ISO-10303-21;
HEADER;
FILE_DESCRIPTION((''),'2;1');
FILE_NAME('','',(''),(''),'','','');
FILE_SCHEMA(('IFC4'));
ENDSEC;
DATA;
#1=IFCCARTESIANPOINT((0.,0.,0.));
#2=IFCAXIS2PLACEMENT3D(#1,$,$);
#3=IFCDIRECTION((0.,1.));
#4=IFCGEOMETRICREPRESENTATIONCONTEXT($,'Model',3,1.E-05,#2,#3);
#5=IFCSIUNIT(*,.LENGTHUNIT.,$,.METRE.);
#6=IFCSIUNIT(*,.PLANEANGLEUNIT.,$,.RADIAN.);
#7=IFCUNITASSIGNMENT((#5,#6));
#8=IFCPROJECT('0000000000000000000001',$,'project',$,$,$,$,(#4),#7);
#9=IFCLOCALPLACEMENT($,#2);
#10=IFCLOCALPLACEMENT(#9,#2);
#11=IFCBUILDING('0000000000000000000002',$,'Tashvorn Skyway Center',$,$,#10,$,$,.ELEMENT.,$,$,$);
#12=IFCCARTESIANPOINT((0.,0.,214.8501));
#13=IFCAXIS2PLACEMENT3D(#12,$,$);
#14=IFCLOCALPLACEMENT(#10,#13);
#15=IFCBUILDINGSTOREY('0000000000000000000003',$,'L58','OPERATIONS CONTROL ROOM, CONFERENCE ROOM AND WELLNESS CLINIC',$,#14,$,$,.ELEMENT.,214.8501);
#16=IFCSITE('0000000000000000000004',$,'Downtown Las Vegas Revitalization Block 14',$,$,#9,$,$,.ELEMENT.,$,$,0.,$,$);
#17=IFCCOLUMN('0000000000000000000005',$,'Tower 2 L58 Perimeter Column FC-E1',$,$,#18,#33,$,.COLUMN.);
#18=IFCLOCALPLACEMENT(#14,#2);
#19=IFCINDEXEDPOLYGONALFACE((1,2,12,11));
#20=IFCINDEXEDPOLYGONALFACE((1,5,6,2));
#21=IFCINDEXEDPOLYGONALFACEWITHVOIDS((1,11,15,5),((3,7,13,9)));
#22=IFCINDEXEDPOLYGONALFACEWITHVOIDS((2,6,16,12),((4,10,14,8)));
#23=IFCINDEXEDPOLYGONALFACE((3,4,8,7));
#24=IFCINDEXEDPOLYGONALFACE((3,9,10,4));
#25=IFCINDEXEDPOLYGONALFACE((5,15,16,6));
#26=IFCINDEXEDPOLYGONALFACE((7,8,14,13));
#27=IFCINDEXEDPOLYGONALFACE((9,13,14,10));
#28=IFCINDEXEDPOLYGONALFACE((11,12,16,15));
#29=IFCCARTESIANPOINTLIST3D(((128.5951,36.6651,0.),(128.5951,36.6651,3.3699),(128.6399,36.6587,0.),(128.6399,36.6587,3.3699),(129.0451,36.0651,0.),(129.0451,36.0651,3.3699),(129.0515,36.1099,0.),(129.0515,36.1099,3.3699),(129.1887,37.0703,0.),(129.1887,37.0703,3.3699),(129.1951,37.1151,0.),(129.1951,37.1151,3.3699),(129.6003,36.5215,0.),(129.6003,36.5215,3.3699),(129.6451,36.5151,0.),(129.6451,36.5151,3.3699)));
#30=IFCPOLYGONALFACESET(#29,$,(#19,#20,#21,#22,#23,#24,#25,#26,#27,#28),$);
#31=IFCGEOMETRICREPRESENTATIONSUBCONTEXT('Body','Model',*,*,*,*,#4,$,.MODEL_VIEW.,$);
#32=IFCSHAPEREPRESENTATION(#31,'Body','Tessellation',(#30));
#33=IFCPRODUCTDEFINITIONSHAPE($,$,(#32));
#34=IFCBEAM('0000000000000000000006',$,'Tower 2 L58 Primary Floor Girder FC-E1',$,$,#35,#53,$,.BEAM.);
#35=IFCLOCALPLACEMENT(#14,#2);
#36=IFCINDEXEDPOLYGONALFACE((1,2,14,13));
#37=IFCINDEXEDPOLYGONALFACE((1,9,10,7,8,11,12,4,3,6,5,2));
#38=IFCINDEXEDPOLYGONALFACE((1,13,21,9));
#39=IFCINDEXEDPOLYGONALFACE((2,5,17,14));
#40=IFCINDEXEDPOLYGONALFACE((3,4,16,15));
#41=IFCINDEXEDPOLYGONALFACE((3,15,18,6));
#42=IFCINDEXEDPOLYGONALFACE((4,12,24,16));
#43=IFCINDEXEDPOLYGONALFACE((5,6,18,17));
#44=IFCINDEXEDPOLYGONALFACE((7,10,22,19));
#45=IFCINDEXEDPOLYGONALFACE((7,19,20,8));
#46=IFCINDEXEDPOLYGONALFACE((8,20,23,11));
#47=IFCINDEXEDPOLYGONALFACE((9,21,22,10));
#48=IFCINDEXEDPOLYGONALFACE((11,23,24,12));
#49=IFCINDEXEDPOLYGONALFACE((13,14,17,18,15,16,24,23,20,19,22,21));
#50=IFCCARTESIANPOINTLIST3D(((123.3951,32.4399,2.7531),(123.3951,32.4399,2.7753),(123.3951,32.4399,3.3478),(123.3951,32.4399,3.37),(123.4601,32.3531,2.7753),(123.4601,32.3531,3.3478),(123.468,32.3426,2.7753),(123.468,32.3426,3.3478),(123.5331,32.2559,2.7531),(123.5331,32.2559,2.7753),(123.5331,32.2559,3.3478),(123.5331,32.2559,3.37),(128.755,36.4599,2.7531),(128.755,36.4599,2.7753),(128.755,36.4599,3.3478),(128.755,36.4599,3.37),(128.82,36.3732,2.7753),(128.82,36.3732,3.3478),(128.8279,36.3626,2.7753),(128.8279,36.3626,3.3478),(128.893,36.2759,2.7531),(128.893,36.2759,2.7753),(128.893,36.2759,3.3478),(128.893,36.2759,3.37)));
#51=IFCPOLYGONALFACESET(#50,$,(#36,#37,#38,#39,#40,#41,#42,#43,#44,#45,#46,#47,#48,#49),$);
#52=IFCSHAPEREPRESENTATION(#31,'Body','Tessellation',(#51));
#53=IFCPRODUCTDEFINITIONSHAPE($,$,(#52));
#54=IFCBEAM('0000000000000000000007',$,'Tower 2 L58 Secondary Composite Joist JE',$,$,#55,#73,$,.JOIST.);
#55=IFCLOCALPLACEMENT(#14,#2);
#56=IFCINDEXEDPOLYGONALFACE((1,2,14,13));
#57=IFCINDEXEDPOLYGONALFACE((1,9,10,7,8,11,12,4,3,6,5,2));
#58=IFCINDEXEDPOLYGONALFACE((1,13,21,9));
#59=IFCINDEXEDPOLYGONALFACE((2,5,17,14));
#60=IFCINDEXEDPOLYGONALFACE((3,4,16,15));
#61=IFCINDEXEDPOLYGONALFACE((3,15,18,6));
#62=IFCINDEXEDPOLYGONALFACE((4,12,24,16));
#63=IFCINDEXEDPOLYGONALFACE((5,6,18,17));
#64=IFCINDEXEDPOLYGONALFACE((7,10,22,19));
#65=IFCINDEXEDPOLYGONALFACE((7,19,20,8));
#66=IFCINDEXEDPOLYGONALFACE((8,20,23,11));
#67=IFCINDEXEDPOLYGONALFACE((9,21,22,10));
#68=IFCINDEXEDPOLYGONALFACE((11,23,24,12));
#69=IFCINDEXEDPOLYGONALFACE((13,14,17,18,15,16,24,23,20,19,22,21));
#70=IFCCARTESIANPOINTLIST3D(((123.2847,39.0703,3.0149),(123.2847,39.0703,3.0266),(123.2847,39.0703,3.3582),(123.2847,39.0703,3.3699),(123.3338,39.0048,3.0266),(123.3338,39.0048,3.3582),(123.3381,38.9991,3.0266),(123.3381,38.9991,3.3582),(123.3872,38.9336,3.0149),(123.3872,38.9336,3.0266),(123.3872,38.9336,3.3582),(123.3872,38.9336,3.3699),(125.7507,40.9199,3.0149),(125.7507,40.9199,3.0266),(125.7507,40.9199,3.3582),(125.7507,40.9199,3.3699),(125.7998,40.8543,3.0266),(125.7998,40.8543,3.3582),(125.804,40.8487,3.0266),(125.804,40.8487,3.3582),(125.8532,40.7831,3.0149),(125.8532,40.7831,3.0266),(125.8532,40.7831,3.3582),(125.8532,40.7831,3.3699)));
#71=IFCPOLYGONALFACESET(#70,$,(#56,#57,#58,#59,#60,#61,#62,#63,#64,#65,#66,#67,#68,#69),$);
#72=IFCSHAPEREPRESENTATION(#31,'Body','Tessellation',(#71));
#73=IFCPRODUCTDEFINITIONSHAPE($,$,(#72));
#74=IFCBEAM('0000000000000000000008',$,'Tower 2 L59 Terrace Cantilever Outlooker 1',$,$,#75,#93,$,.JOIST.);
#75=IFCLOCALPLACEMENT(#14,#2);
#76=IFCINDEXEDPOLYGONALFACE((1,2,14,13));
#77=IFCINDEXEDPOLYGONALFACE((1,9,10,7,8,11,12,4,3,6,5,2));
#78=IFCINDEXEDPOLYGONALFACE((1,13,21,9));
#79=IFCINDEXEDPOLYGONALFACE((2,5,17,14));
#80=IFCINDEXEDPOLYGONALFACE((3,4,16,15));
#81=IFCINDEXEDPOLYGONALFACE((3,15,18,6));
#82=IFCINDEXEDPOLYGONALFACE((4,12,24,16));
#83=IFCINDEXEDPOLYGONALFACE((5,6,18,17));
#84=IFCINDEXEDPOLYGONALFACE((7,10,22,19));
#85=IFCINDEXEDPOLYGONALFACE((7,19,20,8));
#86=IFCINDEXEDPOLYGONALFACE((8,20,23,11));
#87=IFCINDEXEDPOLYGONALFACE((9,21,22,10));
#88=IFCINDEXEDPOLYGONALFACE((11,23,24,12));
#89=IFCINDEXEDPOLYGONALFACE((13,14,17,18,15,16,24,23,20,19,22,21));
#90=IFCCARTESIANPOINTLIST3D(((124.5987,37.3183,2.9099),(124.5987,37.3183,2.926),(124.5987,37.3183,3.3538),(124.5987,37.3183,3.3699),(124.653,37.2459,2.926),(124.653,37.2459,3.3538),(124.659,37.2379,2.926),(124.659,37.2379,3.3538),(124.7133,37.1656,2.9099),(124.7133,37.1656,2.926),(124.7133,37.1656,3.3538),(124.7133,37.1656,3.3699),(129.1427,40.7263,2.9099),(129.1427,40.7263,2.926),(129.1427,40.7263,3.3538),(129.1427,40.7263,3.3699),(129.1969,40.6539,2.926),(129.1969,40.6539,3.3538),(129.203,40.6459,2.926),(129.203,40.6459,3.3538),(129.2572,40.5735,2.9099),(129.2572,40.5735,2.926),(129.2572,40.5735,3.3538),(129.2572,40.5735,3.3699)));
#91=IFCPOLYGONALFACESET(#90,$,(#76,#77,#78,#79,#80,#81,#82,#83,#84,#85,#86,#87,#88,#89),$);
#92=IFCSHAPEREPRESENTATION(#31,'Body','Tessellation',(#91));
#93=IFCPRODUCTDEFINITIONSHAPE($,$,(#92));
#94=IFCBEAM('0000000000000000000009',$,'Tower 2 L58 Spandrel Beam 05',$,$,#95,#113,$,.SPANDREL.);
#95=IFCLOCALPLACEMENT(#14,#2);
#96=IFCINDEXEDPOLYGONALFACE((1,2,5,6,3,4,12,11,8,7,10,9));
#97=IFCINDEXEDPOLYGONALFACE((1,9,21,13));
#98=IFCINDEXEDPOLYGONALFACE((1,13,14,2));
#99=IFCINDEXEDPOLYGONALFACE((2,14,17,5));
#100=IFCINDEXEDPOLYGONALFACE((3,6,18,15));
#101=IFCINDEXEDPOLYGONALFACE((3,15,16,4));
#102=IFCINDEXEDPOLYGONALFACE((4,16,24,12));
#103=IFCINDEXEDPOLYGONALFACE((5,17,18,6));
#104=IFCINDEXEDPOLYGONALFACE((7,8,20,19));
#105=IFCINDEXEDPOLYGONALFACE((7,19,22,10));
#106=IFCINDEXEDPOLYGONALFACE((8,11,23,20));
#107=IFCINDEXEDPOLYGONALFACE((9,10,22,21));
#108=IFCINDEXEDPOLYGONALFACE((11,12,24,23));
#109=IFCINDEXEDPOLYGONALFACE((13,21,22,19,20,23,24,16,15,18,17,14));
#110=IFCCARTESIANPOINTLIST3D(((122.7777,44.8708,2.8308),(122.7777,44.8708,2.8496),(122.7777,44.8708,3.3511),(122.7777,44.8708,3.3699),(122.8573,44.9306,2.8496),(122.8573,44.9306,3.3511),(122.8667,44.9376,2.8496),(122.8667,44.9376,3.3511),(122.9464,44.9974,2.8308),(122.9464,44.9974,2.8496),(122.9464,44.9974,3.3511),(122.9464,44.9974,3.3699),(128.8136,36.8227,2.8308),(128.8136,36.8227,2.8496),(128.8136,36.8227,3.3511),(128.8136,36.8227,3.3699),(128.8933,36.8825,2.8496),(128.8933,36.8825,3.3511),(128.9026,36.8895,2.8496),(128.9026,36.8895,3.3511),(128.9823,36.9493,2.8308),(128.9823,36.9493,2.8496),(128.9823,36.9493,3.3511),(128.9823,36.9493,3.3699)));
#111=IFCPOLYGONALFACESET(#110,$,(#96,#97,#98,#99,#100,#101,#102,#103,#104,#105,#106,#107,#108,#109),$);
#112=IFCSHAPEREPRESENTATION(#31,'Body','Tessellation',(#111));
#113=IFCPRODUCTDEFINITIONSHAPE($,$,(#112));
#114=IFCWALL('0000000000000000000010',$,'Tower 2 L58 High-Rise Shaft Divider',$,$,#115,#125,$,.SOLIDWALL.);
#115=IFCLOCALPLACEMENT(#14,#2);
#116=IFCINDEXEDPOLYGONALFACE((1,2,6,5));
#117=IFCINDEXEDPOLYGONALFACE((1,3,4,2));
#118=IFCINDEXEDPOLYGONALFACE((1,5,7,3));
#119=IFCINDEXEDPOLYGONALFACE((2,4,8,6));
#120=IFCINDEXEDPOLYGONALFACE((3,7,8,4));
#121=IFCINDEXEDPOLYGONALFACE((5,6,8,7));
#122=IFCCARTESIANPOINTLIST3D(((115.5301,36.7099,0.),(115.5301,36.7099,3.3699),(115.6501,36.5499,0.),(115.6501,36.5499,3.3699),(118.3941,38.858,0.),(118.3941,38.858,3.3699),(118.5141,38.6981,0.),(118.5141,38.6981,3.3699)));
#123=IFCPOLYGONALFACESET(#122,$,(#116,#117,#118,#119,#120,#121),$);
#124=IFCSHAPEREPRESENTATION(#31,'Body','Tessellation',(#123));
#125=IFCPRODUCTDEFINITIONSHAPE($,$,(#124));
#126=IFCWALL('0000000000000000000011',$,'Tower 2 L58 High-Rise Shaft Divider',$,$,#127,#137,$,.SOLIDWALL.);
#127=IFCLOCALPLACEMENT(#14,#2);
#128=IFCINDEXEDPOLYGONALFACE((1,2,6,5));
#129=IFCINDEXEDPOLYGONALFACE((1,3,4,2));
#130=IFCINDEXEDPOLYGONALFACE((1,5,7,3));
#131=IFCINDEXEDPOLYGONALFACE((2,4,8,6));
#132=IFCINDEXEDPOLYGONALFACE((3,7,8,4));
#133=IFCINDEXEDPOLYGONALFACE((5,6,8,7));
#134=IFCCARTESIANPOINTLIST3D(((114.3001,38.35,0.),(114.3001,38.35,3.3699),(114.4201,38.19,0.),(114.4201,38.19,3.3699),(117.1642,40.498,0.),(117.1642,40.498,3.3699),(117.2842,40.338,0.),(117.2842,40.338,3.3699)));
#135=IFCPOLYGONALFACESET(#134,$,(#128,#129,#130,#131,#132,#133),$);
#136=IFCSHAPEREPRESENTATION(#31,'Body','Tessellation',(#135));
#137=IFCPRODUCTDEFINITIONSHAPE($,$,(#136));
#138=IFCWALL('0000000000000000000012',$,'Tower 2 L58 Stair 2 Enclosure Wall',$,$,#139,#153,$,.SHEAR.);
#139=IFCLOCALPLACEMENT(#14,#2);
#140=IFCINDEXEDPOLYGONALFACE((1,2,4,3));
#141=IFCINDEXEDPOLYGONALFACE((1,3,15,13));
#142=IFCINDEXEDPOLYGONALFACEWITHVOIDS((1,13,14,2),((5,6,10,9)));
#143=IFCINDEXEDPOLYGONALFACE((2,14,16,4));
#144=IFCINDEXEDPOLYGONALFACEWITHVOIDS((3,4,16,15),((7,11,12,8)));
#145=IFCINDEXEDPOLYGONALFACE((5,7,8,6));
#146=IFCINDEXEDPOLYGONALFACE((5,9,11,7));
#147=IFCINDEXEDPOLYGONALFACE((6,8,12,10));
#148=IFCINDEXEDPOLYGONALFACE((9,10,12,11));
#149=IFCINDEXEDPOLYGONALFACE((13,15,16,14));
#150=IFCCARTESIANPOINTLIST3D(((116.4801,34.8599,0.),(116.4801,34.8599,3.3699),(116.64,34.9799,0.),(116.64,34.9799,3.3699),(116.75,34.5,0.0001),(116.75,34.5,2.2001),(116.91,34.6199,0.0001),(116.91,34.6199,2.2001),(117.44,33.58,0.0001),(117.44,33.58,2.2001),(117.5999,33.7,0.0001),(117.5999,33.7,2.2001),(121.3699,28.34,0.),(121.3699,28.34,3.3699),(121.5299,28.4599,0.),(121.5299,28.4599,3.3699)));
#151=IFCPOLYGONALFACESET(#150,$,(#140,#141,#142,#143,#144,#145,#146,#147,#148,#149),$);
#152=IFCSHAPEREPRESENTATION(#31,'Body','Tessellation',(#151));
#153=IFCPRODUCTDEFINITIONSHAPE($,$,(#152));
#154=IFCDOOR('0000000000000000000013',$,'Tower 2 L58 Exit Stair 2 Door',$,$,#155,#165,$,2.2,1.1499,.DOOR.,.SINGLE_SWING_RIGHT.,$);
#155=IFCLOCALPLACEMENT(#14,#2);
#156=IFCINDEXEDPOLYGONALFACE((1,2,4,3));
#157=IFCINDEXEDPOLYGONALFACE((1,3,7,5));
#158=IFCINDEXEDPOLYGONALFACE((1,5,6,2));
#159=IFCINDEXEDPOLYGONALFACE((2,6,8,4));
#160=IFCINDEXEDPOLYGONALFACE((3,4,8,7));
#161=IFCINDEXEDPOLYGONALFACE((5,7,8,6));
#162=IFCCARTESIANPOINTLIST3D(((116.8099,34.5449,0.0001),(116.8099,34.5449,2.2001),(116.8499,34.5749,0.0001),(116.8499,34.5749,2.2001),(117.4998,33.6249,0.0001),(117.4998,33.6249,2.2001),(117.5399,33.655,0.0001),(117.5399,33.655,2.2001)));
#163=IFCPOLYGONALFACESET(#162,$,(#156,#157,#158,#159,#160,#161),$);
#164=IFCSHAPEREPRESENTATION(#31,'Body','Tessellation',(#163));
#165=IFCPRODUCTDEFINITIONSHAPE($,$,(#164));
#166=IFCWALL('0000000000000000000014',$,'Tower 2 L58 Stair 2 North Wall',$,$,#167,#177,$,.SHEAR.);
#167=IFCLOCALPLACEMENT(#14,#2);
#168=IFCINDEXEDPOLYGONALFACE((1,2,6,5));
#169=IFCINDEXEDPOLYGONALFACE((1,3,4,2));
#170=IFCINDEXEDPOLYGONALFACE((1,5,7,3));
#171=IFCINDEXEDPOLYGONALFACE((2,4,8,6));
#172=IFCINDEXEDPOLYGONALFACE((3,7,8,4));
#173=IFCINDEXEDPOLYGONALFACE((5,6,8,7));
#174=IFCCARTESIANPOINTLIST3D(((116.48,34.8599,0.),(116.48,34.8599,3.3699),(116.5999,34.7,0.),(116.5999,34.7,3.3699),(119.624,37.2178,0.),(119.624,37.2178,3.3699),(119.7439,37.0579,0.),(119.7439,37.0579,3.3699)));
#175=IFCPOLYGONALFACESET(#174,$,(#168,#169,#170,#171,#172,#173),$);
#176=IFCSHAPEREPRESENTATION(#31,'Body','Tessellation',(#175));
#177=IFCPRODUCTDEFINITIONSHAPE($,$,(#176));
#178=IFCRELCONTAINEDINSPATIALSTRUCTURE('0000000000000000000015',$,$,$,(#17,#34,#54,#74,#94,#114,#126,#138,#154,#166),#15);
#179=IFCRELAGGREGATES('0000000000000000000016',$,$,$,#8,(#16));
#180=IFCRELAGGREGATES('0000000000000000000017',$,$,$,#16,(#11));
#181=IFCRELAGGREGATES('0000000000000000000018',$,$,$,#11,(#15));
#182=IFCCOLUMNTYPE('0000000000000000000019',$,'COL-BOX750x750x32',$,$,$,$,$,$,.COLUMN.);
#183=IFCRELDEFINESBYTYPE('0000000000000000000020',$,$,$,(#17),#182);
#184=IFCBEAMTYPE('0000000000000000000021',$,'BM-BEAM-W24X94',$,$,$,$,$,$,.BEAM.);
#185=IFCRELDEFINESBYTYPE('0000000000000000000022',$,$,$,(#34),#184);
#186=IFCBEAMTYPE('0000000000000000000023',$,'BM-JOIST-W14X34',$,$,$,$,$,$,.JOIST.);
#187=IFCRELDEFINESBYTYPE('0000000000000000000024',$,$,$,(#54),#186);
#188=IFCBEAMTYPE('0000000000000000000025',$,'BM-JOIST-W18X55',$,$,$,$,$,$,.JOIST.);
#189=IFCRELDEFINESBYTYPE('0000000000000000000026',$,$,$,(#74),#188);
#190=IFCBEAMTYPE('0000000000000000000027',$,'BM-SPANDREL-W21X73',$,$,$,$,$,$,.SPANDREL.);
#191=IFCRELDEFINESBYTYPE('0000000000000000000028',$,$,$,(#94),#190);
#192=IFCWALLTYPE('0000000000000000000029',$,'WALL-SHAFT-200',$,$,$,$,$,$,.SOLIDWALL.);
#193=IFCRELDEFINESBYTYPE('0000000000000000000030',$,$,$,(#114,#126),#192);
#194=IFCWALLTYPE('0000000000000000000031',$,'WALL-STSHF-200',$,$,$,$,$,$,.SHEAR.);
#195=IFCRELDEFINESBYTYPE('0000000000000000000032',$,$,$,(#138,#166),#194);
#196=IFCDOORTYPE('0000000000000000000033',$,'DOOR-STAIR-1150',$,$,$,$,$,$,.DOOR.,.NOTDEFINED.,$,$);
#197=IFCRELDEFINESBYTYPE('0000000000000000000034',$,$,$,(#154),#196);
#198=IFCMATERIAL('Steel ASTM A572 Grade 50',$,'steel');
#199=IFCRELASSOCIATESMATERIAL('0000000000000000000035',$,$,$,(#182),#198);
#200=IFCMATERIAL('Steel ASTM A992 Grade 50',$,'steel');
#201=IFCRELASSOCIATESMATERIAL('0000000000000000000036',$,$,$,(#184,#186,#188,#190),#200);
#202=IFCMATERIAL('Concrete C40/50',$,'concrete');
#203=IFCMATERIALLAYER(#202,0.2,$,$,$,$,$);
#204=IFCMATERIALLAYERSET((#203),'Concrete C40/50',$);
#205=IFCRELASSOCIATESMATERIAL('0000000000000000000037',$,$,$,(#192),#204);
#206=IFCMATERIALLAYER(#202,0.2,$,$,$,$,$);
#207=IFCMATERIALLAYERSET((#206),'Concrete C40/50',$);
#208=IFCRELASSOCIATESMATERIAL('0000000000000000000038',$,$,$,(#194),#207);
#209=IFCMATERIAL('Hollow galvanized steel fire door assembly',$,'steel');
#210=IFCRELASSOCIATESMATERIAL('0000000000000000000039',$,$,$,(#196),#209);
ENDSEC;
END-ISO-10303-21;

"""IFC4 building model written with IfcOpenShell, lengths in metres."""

from ifc_helpers import new_model, si_unit, direction, frame, frame_2d, origin, origin_2d, place, context, subcontext, project, spatial, rectangle, hollow_rectangle, i_section, extrude, material, layer, layer_set, material_profile, profile_set, type_object, element, fill, save


model = new_model("IFC4")

# Units and contexts
model_context = context("Model", 3, precision=1e-05, world=origin(), true_north=direction((0.0, 1.0)))
body_context = subcontext(model_context, "Body", "Model", "MODEL_VIEW")
ifc_project = project(units=[si_unit("LENGTHUNIT", "METRE"), si_unit("PLANEANGLEUNIT", "RADIAN")], contexts=[model_context])

# Site, building, storey
site_placement = place(None, origin())
site = spatial("IfcSite", under=ifc_project, at=site_placement, Name="Downtown Las Vegas Revitalization Block 14", CompositionType="ELEMENT", RefElevation=0.0)
building_placement = place(site_placement, origin())
building = spatial("IfcBuilding", under=site, at=building_placement, Name="Tashvorn Skyway Center", CompositionType="ELEMENT")
storey_placement = place(building_placement, frame((0.0, 0.0, 214.8501)))
storey = spatial("IfcBuildingStorey", under=building, at=storey_placement, Name="L58", Description="OPERATIONS CONTROL ROOM, CONFERENCE ROOM AND WELLNESS CLINIC", CompositionType="ELEMENT", Elevation=214.8501)

# Column
ifc_material_1 = material(Name="Steel ASTM A572 Grade 50", Category="steel")
ifc_material_profile_1 = material_profile(ifc_material_1, hollow_rectangle(XDim=0.75, YDim=0.75, WallThickness=0.032, at=origin_2d()), Name="BOX750x750x32")
ifc_profile_set_1 = profile_set([ifc_material_profile_1], Name="Steel ASTM A572 Grade 50")
column_type = type_object("IfcColumnType", Name="COL-BOX750x750x32", PredefinedType="COLUMN", material=ifc_profile_set_1)
column_placement = place(storey_placement, frame((129.1201, 36.5901, 0.0), z_axis=(0.0, 0.0, 1.0), x_axis=(0.8, 0.6, 0.0)))
element("IfcColumn", 1, at=column_placement, inside=storey, type_object=column_type, Name="Tower 2 L58 Perimeter Column FC-E1", PredefinedType="COLUMN", context=body_context, shape_type="SweptSolid", body=[
    extrude(hollow_rectangle(XDim=0.75, YDim=0.75, WallThickness=0.032, at=origin_2d()), origin(), (0.0, 0.0, 1.0), 3.3699),
])

# Beams
ifc_material_2 = material(Name="Steel ASTM A992 Grade 50", Category="steel")
ifc_material_profile_2 = material_profile(ifc_material_2, i_section(OverallWidth=0.23, OverallDepth=0.6169, WebThickness=0.0132, FlangeThickness=0.0222, at=origin_2d()), Name="W24X94")
ifc_profile_set_2 = profile_set([ifc_material_profile_2], Name="Steel ASTM A992 Grade 50")
beam_type_1 = type_object("IfcBeamType", Name="BM-BEAM-W24X94", PredefinedType="BEAM", material=ifc_profile_set_2)
beam_1_placement = place(storey_placement, frame((128.824, 36.3679, 3.0615), z_axis=(-0.799991, -0.600012, 0.0), x_axis=(0.600012, -0.799991, 0.0)))
element("IfcBeam", 2, at=beam_1_placement, inside=storey, type_object=beam_type_1, Name="Tower 2 L58 Primary Floor Girder FC-E1", PredefinedType="BEAM", context=body_context, shape_type="SweptSolid", body=[
    extrude(i_section(OverallWidth=0.23, OverallDepth=0.6169, WebThickness=0.0132, FlangeThickness=0.0222, at=origin_2d()), origin(), (0.0, 0.0, 1.0), 6.7),
])
ifc_material_profile_3 = material_profile(ifc_material_2, i_section(OverallWidth=0.1709, OverallDepth=0.355, WebThickness=0.0071, FlangeThickness=0.0117, at=origin_2d()), Name="W14X34")
ifc_profile_set_3 = profile_set([ifc_material_profile_3], Name="Steel ASTM A992 Grade 50")
beam_type_2 = type_object("IfcBeamType", Name="BM-JOIST-W14X34", PredefinedType="JOIST", material=ifc_profile_set_3)
beam_2_placement = place(storey_placement, frame((123.3359, 39.002, 3.1924), z_axis=(0.79999, 0.600013, 0.0), x_axis=(-0.600013, 0.79999, 0.0)))
element("IfcBeam", 3, at=beam_2_placement, inside=storey, type_object=beam_type_2, Name="Tower 2 L58 Secondary Composite Joist JE", PredefinedType="JOIST", context=body_context, shape_type="SweptSolid", body=[
    extrude(i_section(OverallWidth=0.1709, OverallDepth=0.355, WebThickness=0.0071, FlangeThickness=0.0117, at=origin_2d()), origin(), (0.0, 0.0, 1.0), 3.0825),
])
ifc_material_profile_4 = material_profile(ifc_material_2, i_section(OverallWidth=0.1909, OverallDepth=0.46, WebThickness=0.01, FlangeThickness=0.0161, at=origin_2d()), Name="W18X55")
ifc_profile_set_4 = profile_set([ifc_material_profile_4], Name="Steel ASTM A992 Grade 50")
beam_type_3 = type_object("IfcBeamType", Name="BM-JOIST-W18X55", PredefinedType="JOIST", material=ifc_profile_set_4)
beam_3_placement = place(storey_placement, frame((124.656, 37.2419, 3.1399), z_axis=(0.8, 0.6, 0.0), x_axis=(-0.6, 0.8, 0.0)))
element("IfcBeam", 4, at=beam_3_placement, inside=storey, type_object=beam_type_3, Name="Tower 2 L59 Terrace Cantilever Outlooker 1", PredefinedType="JOIST", context=body_context, shape_type="SweptSolid", body=[
    extrude(i_section(OverallWidth=0.1909, OverallDepth=0.46, WebThickness=0.01, FlangeThickness=0.0161, at=origin_2d()), origin(), (0.0, 0.0, 1.0), 5.6799),
])
ifc_material_profile_5 = material_profile(ifc_material_2, i_section(OverallWidth=0.2109, OverallDepth=0.5391, WebThickness=0.0117, FlangeThickness=0.0188, at=origin_2d()), Name="W21X73")
ifc_profile_set_5 = profile_set([ifc_material_profile_5], Name="Steel ASTM A992 Grade 50")
beam_type_4 = type_object("IfcBeamType", Name="BM-SPANDREL-W21X73", PredefinedType="SPANDREL", material=ifc_profile_set_5)
beam_4_placement = place(storey_placement, frame((128.8979, 36.886, 3.1003), z_axis=(-0.599988, 0.800009, 0.0), x_axis=(-0.800009, -0.599988, 0.0)))
element("IfcBeam", 5, at=beam_4_placement, inside=storey, type_object=beam_type_4, Name="Tower 2 L58 Spandrel Beam 05", PredefinedType="SPANDREL", context=body_context, shape_type="SweptSolid", body=[
    extrude(i_section(OverallWidth=0.2109, OverallDepth=0.5391, WebThickness=0.0117, FlangeThickness=0.0188, at=origin_2d()), origin(), (0.0, 0.0, 1.0), 10.0601),
])

# Walls
ifc_material_3 = material(Name="Concrete C40/50", Category="concrete")
ifc_layer_1 = layer(ifc_material_3, 0.2)
ifc_layer_set_1 = layer_set([ifc_layer_1], Name="Concrete C40/50")
wall_type_1 = type_object("IfcWallType", Name="WALL-SHAFT-200", PredefinedType="SOLIDWALL", material=ifc_layer_set_1)
for number, where, z_axis, x_axis, name in (
    (6, (115.5901, 36.6299, 0.0), (0.0, 0.0, 1.0), (0.799975, 0.600033, 0.0), "Tower 2 L58 High-Rise Shaft Divider"),
    (7, (114.3601, 38.27, 0.0), (0.0, 0.0, 1.0), (0.800008, 0.599989, 0.0), "Tower 2 L58 High-Rise Shaft Divider"),
):
    element("IfcWall", number, at=place(storey_placement, frame(where, z_axis=z_axis, x_axis=x_axis)), inside=storey, type_object=wall_type_1, Name=name, PredefinedType="SOLIDWALL", context=body_context, shape_type="SweptSolid", body=[
        extrude(rectangle(XDim=3.5801, YDim=0.2, at=frame_2d((1.79, 0.0))), origin(), (0.0, 0.0, 1.0), 3.3699),
    ])

# Wall, opening, door
ifc_layer_2 = layer(ifc_material_3, 0.2)
ifc_layer_set_2 = layer_set([ifc_layer_2], Name="Concrete C40/50")
wall_type_2 = type_object("IfcWallType", Name="WALL-STSHF-200", PredefinedType="SHEAR", material=ifc_layer_set_2)
wall_1_placement = place(storey_placement, frame((116.5601, 34.9199, 0.0), z_axis=(0.0, 0.0, 1.0), x_axis=(0.59999, -0.800007, 0.0)))
wall_1 = element("IfcWall", 8, at=wall_1_placement, inside=storey, type_object=wall_type_2, Name="Tower 2 L58 Stair 2 Enclosure Wall", PredefinedType="SHEAR", context=body_context, shape_type="SweptSolid", body=[
    extrude(rectangle(XDim=8.1499, YDim=0.2, at=frame_2d((4.075, 0.0))), origin(), (0.0, 0.0, 1.0), 3.3699),
])
opening_placement = place(wall_1_placement, frame((0.45, 0.0, 0.0)))
opening = element("IfcOpeningElement", 9, at=opening_placement, cuts=wall_1, PredefinedType="OPENING", context=body_context, shape_type="SweptSolid", body=[
    extrude(rectangle(XDim=1.1499, YDim=2.2, at=frame_2d((0.575, 1.1001))), frame((0.0, 0.1099, 0.0), z_axis=(0.0, -1.0, 0.0), x_axis=(1.0, 0.0, 0.0)), (0.0, 0.0, 1.0), 0.22),
])
ifc_material_4 = material(Name="Hollow galvanized steel fire door assembly", Category="steel")
door_type = type_object("IfcDoorType", Name="DOOR-STAIR-1150", OperationType="NOTDEFINED", PredefinedType="DOOR", material=ifc_material_4)
door_placement = place(opening_placement, origin())
door = element("IfcDoor", 10, at=door_placement, inside=storey, type_object=door_type, Name="Tower 2 L58 Exit Stair 2 Door", OperationType="SINGLE_SWING_RIGHT", OverallHeight=2.2, OverallWidth=1.1499, PredefinedType="DOOR", context=body_context, shape_type="SweptSolid", body=[
    extrude(rectangle(XDim=1.1499, YDim=2.2, at=frame_2d((0.575, 1.1001))), frame((0.0, 0.0249, 0.0), z_axis=(0.0, -1.0, 0.0), x_axis=(1.0, 0.0, 0.0)), (0.0, 0.0, 1.0), 0.05),
])
fill(opening, door)

# Wall
wall_2_placement = place(storey_placement, frame((116.54, 34.78, 0.0), z_axis=(0.0, 0.0, 1.0), x_axis=(0.800015, 0.59998, 0.0)))
element("IfcWall", 11, at=wall_2_placement, inside=storey, type_object=wall_type_2, Name="Tower 2 L58 Stair 2 North Wall", PredefinedType="SHEAR", context=body_context, shape_type="SweptSolid", body=[
    extrude(rectangle(XDim=3.9299, YDim=0.2, at=frame_2d((1.9648, 0.0))), origin(), (0.0, 0.0, 1.0), 3.3699),
])

save(model, "model.ifc")
